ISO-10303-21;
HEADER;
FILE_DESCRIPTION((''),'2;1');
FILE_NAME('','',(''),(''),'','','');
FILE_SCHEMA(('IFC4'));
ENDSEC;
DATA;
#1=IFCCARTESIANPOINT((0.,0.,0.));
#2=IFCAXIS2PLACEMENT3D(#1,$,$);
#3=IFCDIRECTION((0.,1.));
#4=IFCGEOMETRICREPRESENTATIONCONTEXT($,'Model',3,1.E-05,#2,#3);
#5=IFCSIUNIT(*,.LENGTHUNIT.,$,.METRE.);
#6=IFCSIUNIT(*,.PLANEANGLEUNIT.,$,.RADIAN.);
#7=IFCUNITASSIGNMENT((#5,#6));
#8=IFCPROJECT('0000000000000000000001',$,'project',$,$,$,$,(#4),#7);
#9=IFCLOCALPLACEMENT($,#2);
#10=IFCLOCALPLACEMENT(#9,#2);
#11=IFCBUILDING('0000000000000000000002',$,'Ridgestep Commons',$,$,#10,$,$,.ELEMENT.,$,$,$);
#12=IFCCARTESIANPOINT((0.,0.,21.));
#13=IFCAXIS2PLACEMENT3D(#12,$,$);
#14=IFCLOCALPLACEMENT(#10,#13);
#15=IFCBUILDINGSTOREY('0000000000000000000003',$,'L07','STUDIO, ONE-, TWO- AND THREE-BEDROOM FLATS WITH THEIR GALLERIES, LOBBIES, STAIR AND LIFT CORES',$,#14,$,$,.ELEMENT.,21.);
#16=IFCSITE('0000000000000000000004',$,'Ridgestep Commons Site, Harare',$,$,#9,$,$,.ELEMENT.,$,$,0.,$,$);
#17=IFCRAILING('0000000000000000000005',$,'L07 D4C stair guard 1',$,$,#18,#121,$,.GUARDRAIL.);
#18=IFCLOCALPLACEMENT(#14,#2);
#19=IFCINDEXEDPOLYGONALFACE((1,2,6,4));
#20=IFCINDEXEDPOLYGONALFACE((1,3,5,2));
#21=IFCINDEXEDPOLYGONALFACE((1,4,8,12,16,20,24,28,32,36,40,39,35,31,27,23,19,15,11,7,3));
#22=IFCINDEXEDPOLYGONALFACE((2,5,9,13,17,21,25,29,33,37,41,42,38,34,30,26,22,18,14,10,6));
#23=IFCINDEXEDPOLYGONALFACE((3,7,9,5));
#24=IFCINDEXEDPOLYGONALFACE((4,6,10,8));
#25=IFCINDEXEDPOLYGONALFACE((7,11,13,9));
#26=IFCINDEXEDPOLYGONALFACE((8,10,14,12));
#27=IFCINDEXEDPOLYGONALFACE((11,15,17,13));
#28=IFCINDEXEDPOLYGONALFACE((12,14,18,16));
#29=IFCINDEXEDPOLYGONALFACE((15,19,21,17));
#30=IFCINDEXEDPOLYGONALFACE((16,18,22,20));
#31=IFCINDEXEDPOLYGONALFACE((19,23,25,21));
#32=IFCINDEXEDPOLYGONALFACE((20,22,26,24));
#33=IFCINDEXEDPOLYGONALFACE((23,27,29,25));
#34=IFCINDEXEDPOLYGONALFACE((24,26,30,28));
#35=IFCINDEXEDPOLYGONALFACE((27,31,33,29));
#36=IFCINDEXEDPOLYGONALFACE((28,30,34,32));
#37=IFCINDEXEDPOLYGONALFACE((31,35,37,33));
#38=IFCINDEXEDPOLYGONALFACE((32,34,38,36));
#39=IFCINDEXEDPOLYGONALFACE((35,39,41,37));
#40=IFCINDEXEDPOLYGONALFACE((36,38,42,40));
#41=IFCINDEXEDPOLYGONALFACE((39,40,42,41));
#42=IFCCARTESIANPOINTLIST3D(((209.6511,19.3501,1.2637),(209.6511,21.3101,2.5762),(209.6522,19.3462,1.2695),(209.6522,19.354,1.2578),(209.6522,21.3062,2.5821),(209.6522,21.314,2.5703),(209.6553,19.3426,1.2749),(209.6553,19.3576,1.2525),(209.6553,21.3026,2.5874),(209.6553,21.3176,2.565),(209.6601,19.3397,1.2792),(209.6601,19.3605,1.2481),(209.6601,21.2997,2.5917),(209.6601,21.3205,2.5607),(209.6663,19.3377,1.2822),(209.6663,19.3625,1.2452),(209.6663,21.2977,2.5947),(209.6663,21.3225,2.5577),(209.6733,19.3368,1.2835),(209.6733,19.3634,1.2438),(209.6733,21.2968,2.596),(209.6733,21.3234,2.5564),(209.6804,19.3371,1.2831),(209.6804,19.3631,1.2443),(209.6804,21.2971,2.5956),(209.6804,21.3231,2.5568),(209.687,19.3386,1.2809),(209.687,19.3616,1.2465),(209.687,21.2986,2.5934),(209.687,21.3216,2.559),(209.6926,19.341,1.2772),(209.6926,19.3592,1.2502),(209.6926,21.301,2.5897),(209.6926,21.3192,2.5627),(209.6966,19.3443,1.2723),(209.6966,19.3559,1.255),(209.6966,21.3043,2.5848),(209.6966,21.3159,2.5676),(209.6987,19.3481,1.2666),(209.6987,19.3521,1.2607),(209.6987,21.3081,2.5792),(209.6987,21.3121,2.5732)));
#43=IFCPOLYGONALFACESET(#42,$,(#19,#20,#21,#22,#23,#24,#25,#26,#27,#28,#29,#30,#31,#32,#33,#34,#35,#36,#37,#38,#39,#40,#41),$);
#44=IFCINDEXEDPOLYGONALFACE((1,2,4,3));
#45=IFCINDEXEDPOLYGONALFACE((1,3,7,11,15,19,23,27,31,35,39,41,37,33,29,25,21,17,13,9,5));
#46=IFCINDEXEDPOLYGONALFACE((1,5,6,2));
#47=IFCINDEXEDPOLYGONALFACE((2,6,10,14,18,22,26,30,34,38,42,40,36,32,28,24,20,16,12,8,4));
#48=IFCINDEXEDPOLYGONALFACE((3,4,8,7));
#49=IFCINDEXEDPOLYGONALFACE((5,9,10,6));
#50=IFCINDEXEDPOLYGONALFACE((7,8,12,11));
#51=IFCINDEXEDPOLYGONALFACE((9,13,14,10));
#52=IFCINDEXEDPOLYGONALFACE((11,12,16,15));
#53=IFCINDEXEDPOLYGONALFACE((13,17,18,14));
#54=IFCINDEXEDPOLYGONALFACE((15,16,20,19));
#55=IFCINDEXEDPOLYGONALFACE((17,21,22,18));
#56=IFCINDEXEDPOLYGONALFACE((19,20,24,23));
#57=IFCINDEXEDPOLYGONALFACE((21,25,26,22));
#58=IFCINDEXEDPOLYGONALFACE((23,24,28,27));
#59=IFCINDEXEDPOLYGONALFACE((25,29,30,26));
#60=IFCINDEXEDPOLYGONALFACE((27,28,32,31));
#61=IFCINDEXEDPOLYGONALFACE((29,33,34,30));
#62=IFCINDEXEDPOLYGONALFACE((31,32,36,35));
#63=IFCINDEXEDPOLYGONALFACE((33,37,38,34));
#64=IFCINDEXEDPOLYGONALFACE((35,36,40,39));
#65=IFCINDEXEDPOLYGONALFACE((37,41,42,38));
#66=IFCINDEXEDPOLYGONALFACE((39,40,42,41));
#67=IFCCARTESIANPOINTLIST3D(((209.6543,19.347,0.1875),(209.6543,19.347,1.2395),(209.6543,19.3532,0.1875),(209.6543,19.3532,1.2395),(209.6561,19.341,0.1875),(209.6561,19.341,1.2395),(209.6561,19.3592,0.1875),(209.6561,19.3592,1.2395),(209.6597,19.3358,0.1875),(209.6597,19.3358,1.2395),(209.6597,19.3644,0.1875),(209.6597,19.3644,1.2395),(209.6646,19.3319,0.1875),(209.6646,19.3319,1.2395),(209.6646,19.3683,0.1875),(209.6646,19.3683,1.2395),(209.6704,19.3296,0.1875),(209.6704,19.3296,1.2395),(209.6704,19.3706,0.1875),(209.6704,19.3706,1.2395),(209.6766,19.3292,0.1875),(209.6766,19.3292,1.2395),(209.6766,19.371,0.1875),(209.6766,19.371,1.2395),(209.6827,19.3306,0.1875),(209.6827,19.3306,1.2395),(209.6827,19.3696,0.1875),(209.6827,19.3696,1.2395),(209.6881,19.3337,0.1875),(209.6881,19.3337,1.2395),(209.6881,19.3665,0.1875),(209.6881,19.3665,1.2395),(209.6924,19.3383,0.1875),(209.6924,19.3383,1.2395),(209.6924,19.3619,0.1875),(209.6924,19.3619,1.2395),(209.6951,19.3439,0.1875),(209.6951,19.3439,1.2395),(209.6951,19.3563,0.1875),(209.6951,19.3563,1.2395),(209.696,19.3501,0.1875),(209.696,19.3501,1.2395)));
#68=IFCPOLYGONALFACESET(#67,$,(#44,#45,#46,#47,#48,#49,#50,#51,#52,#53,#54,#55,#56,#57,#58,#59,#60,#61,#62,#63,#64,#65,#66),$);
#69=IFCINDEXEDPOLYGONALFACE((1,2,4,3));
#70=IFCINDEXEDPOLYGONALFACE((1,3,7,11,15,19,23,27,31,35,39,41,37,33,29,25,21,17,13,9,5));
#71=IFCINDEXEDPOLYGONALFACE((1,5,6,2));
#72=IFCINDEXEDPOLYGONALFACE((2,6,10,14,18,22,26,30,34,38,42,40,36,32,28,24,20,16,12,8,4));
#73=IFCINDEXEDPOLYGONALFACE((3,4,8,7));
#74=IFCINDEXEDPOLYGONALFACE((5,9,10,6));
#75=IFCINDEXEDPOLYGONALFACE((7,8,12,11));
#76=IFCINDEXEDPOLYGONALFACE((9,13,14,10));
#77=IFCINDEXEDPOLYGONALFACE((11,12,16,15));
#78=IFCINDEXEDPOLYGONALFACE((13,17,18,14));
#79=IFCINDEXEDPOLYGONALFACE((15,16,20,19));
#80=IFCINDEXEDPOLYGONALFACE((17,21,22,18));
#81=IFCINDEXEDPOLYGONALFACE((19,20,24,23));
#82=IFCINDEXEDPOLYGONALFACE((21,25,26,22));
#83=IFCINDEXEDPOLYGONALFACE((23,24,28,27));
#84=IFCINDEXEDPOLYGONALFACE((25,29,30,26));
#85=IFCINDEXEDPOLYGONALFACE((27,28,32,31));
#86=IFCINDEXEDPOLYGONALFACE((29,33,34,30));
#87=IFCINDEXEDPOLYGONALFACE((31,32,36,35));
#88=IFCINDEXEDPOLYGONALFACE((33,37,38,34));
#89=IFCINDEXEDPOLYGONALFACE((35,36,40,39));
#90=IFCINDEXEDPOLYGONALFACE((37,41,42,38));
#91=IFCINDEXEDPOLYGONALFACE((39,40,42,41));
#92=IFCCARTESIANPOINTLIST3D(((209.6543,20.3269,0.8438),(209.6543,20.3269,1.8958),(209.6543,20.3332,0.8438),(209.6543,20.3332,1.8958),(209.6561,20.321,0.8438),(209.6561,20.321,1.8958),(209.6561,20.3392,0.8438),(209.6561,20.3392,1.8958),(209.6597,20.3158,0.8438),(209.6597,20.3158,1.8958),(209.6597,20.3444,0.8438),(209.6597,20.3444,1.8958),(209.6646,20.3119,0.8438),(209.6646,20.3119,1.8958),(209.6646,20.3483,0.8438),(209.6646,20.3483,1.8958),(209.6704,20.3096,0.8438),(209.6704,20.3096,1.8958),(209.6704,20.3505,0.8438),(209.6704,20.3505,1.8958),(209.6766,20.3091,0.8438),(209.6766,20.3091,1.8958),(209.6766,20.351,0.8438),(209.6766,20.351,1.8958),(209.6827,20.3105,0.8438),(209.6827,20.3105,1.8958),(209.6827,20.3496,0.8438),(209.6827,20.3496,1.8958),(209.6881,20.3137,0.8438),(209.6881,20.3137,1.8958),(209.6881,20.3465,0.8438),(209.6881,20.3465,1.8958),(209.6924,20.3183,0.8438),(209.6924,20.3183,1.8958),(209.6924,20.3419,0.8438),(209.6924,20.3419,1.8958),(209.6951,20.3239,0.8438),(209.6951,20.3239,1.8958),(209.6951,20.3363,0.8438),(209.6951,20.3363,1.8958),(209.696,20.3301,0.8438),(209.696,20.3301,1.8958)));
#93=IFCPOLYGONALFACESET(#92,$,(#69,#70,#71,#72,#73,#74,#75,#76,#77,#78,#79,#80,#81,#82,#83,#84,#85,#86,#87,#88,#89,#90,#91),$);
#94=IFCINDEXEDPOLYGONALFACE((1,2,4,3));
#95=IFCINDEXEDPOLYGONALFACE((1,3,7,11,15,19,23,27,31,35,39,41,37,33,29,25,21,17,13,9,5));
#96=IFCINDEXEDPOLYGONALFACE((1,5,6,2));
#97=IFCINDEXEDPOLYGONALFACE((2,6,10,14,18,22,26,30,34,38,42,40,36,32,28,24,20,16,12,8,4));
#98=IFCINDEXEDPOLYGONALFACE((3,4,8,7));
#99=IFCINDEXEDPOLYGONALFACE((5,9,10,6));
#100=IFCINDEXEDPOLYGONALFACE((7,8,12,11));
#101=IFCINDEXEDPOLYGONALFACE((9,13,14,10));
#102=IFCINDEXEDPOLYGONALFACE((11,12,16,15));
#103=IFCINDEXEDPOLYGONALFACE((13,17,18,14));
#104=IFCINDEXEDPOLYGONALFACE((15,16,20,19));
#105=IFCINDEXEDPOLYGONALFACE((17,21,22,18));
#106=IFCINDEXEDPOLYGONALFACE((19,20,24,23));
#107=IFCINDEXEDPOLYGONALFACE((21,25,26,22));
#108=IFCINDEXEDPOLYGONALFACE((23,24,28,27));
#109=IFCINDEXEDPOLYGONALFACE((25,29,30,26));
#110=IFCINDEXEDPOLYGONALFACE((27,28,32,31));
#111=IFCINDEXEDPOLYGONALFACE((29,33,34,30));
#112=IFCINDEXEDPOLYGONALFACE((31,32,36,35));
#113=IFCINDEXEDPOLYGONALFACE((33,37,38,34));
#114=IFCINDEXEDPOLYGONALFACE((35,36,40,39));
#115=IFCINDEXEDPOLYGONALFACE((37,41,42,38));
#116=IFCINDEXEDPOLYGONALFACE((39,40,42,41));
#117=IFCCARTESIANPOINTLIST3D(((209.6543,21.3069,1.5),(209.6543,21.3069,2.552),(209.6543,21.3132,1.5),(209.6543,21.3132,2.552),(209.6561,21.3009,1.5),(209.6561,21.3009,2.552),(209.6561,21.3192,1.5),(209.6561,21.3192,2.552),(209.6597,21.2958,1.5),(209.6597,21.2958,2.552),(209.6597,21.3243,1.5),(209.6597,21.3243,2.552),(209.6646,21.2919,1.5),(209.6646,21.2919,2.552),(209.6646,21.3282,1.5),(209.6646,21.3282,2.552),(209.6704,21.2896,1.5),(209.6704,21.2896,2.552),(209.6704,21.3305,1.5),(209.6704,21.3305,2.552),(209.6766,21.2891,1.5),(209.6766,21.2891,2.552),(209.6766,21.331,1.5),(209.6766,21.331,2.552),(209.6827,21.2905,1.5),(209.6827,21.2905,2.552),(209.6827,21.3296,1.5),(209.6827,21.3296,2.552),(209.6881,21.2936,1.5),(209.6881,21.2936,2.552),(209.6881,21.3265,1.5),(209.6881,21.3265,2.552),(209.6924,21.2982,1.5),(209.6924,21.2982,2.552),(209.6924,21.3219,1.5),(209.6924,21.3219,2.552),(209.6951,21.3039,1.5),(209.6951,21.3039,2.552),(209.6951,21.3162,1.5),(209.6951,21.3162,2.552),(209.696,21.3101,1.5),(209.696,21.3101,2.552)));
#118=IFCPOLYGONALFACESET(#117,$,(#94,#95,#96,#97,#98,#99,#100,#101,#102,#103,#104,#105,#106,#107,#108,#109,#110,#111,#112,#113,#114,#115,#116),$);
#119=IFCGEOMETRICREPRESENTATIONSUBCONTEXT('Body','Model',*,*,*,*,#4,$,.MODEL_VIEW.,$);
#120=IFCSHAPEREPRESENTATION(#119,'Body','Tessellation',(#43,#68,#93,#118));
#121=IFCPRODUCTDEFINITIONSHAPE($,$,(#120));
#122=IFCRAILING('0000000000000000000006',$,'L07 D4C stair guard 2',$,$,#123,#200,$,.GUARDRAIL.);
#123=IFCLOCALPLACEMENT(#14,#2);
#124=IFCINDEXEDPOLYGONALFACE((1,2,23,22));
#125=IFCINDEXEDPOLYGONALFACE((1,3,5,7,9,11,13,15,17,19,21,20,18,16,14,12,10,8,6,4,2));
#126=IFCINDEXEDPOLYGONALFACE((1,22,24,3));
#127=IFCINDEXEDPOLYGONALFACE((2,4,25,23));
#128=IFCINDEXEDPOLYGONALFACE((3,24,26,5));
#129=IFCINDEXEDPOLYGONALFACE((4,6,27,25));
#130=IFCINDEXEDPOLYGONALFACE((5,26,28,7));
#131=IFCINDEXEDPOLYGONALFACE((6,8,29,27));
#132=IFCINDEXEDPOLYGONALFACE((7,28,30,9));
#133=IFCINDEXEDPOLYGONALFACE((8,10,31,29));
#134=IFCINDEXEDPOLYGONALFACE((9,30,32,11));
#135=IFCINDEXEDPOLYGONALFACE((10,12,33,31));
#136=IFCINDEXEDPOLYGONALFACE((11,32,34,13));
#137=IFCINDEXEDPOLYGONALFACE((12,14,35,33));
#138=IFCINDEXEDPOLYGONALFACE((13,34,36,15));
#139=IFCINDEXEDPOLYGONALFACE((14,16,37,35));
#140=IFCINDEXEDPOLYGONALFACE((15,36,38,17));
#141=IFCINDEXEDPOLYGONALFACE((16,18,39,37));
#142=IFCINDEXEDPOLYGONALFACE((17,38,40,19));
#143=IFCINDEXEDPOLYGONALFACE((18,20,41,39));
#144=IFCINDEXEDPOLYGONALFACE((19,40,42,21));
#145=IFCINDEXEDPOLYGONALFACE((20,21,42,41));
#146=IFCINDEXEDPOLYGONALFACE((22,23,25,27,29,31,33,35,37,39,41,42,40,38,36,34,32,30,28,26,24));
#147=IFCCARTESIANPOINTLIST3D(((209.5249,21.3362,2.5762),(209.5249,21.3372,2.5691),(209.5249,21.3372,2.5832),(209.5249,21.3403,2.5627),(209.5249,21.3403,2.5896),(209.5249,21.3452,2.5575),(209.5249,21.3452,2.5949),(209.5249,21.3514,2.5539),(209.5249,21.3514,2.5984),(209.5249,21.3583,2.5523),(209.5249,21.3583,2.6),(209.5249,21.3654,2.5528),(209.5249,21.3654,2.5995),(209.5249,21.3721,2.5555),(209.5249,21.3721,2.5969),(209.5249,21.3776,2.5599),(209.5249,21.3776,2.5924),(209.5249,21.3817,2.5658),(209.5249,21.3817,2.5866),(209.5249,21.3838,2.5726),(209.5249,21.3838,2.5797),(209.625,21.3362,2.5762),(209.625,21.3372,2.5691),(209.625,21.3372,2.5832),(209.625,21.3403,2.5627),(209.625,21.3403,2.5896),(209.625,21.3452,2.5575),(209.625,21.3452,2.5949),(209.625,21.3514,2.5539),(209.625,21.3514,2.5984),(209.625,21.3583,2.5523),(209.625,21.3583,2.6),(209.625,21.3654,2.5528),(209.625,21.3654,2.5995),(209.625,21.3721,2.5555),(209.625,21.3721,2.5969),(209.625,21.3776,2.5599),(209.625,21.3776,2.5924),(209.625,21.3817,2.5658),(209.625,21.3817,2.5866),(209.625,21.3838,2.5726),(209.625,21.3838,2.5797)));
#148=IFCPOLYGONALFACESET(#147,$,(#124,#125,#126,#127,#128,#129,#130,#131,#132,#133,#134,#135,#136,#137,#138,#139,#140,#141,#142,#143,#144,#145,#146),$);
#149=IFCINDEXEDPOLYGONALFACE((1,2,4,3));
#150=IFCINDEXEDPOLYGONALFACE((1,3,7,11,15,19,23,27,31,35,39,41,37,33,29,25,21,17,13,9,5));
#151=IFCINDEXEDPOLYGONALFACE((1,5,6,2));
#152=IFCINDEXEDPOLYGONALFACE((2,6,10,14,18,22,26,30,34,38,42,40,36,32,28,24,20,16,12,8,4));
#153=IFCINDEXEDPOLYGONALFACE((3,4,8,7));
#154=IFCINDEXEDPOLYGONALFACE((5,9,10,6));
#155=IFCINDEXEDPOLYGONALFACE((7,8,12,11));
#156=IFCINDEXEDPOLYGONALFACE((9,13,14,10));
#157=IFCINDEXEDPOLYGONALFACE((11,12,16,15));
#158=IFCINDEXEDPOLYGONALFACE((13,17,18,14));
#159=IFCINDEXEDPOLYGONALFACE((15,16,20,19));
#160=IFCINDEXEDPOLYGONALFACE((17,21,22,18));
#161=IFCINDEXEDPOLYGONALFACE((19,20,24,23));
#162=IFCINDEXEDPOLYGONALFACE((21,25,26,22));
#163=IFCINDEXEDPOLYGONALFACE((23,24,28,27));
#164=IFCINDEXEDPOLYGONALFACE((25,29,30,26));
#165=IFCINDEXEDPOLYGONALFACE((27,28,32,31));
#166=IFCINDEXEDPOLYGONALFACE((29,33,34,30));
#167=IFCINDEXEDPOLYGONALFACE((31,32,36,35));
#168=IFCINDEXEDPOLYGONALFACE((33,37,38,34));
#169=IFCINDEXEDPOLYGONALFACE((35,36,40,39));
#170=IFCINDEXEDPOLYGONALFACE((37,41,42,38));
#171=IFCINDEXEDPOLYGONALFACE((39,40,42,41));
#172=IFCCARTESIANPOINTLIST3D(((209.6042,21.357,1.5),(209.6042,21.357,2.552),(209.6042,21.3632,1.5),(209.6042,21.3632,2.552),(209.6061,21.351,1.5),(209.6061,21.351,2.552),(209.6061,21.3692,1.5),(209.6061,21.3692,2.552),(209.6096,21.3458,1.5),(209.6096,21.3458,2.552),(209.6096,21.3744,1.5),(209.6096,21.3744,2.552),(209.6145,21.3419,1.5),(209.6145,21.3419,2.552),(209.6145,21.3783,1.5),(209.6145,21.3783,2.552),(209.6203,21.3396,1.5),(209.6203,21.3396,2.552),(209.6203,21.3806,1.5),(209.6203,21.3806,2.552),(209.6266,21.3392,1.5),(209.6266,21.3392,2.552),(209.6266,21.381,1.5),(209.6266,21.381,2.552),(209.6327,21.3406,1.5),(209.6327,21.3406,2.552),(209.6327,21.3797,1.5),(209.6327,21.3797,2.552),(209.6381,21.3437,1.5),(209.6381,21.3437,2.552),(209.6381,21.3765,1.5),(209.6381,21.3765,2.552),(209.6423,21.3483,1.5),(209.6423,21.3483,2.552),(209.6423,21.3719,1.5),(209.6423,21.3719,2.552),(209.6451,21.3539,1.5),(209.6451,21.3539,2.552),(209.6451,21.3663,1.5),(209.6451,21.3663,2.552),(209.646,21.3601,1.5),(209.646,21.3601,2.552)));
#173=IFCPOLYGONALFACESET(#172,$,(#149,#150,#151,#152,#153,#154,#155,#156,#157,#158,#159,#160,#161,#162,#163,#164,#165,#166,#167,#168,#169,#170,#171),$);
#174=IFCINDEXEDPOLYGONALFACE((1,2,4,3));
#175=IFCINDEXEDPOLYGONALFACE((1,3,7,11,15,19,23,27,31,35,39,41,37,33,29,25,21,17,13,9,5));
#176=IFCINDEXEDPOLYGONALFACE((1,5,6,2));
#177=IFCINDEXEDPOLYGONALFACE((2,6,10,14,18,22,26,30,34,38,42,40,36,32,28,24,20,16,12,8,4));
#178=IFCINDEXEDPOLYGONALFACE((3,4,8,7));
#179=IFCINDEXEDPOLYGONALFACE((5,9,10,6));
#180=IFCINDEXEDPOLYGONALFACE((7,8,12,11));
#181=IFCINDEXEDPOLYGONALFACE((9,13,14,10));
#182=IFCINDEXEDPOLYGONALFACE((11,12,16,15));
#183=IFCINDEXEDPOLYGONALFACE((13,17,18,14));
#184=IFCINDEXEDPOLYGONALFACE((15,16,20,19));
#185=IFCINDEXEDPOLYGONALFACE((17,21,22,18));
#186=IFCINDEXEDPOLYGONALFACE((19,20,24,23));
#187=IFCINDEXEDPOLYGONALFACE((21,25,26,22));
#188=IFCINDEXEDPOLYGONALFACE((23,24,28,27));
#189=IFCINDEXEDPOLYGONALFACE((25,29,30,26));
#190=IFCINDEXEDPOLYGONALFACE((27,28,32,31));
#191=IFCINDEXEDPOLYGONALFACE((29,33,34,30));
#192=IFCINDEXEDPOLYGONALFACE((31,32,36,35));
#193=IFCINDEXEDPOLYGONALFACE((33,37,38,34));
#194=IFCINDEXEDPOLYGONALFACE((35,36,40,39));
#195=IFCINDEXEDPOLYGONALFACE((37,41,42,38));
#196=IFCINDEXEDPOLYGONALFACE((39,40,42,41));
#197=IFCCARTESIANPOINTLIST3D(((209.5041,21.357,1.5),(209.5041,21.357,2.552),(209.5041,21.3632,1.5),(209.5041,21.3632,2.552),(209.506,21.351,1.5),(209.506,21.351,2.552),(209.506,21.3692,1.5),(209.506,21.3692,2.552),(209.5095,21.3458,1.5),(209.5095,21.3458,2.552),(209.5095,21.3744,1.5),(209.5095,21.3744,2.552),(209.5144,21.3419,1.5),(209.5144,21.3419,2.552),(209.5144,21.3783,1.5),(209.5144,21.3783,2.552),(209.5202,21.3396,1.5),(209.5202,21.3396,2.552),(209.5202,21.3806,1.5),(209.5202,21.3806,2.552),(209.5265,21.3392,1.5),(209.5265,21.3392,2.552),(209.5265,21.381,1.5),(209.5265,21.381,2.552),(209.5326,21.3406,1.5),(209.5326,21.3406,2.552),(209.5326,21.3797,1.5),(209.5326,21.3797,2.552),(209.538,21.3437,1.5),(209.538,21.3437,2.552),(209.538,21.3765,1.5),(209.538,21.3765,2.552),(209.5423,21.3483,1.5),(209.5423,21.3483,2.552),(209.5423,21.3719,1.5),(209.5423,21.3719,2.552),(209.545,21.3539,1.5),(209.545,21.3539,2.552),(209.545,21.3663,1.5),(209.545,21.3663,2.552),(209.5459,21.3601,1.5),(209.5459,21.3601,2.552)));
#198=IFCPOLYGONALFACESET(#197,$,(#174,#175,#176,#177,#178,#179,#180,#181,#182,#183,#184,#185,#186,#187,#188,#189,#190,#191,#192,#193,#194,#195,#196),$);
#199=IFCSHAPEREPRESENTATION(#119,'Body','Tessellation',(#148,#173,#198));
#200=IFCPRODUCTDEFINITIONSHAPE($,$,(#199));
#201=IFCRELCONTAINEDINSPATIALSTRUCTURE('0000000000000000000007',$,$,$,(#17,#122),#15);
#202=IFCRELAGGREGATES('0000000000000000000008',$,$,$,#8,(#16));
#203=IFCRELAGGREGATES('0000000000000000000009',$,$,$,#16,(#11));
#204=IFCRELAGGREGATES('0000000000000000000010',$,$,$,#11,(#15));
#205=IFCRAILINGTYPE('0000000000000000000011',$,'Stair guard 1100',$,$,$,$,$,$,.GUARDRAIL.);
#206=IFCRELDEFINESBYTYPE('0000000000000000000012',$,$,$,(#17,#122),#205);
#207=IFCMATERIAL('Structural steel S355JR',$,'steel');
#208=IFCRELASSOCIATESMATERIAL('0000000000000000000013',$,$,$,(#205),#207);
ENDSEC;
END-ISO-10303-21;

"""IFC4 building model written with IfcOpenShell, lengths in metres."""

from ifc_helpers import new_model, si_unit, direction, frame, origin, origin_2d, place, context, subcontext, project, spatial, circle, extrude, material, type_object, element, save


model = new_model("IFC4")

# Units and contexts
model_context = context("Model", 3, precision=1e-05, world=origin(), true_north=direction((0.0, 1.0)))
body_context = subcontext(model_context, "Body", "Model", "MODEL_VIEW")
ifc_project = project(units=[si_unit("LENGTHUNIT", "METRE"), si_unit("PLANEANGLEUNIT", "RADIAN")], contexts=[model_context])

# Site, building, storey
site_placement = place(None, origin())
site = spatial("IfcSite", under=ifc_project, at=site_placement, Name="Ridgestep Commons Site, Harare", CompositionType="ELEMENT", RefElevation=0.0)
building_placement = place(site_placement, origin())
building = spatial("IfcBuilding", under=site, at=building_placement, Name="Ridgestep Commons", CompositionType="ELEMENT")
storey_placement = place(building_placement, frame((0.0, 0.0, 21.0)))
storey = spatial("IfcBuildingStorey", under=building, at=storey_placement, Name="L07", Description="STUDIO, ONE-, TWO- AND THREE-BEDROOM FLATS WITH THEIR GALLERIES, LOBBIES, STAIR AND LIFT CORES", CompositionType="ELEMENT", Elevation=21.0)

# Railings
ifc_material_1 = material(Name="Structural steel S355JR", Category="steel")
railing_type_1 = type_object("IfcRailingType", Name="Stair guard 1100", PredefinedType="GUARDRAIL", material=ifc_material_1)
railing_1_placement = place(storey_placement, frame((209.675, 19.3501, 0.1875)))
element("IfcRailing", 1, at=railing_1_placement, inside=storey, type_object=railing_type_1, Name="L07 D4C stair guard 1", PredefinedType="GUARDRAIL", context=body_context, shape_type="SweptSolid", body=[
    extrude(circle(Radius=0.0239, at=origin_2d()), frame((0.0, 0.0, 1.0762), z_axis=(0.0, 0.830902, 0.556419), x_axis=(-1.0, 0.0, 0.0)), (0.0, 0.0, 1.0), 2.3589),
    extrude(circle(Radius=0.021, at=origin_2d()), origin(), (0.0, 0.0, 1.0), 1.052),
    extrude(circle(Radius=0.021, at=origin_2d()), frame((0.0, 0.98, 0.6562)), (0.0, 0.0, 1.0), 1.052),
    extrude(circle(Radius=0.021, at=origin_2d()), frame((0.0, 1.96, 1.3125)), (0.0, 0.0, 1.0), 1.052),
])
railing_2_placement = place(storey_placement, frame((209.625, 21.3601, 1.5)))
element("IfcRailing", 2, at=railing_2_placement, inside=storey, type_object=railing_type_1, Name="L07 D4C stair guard 2", PredefinedType="GUARDRAIL", context=body_context, shape_type="SweptSolid", body=[
    extrude(circle(Radius=0.0239, at=origin_2d()), frame((0.0, 0.0, 1.0762), z_axis=(-1.0, 0.0, 0.0), x_axis=(0.0, -1.0, 0.0)), (0.0, 0.0, 1.0), 0.1001),
    extrude(circle(Radius=0.021, at=origin_2d()), origin(), (0.0, 0.0, 1.0), 1.052),
    extrude(circle(Radius=0.021, at=origin_2d()), frame((-0.1001, 0.0, 0.0)), (0.0, 0.0, 1.0), 1.052),
])

save(model, "model.ifc")
